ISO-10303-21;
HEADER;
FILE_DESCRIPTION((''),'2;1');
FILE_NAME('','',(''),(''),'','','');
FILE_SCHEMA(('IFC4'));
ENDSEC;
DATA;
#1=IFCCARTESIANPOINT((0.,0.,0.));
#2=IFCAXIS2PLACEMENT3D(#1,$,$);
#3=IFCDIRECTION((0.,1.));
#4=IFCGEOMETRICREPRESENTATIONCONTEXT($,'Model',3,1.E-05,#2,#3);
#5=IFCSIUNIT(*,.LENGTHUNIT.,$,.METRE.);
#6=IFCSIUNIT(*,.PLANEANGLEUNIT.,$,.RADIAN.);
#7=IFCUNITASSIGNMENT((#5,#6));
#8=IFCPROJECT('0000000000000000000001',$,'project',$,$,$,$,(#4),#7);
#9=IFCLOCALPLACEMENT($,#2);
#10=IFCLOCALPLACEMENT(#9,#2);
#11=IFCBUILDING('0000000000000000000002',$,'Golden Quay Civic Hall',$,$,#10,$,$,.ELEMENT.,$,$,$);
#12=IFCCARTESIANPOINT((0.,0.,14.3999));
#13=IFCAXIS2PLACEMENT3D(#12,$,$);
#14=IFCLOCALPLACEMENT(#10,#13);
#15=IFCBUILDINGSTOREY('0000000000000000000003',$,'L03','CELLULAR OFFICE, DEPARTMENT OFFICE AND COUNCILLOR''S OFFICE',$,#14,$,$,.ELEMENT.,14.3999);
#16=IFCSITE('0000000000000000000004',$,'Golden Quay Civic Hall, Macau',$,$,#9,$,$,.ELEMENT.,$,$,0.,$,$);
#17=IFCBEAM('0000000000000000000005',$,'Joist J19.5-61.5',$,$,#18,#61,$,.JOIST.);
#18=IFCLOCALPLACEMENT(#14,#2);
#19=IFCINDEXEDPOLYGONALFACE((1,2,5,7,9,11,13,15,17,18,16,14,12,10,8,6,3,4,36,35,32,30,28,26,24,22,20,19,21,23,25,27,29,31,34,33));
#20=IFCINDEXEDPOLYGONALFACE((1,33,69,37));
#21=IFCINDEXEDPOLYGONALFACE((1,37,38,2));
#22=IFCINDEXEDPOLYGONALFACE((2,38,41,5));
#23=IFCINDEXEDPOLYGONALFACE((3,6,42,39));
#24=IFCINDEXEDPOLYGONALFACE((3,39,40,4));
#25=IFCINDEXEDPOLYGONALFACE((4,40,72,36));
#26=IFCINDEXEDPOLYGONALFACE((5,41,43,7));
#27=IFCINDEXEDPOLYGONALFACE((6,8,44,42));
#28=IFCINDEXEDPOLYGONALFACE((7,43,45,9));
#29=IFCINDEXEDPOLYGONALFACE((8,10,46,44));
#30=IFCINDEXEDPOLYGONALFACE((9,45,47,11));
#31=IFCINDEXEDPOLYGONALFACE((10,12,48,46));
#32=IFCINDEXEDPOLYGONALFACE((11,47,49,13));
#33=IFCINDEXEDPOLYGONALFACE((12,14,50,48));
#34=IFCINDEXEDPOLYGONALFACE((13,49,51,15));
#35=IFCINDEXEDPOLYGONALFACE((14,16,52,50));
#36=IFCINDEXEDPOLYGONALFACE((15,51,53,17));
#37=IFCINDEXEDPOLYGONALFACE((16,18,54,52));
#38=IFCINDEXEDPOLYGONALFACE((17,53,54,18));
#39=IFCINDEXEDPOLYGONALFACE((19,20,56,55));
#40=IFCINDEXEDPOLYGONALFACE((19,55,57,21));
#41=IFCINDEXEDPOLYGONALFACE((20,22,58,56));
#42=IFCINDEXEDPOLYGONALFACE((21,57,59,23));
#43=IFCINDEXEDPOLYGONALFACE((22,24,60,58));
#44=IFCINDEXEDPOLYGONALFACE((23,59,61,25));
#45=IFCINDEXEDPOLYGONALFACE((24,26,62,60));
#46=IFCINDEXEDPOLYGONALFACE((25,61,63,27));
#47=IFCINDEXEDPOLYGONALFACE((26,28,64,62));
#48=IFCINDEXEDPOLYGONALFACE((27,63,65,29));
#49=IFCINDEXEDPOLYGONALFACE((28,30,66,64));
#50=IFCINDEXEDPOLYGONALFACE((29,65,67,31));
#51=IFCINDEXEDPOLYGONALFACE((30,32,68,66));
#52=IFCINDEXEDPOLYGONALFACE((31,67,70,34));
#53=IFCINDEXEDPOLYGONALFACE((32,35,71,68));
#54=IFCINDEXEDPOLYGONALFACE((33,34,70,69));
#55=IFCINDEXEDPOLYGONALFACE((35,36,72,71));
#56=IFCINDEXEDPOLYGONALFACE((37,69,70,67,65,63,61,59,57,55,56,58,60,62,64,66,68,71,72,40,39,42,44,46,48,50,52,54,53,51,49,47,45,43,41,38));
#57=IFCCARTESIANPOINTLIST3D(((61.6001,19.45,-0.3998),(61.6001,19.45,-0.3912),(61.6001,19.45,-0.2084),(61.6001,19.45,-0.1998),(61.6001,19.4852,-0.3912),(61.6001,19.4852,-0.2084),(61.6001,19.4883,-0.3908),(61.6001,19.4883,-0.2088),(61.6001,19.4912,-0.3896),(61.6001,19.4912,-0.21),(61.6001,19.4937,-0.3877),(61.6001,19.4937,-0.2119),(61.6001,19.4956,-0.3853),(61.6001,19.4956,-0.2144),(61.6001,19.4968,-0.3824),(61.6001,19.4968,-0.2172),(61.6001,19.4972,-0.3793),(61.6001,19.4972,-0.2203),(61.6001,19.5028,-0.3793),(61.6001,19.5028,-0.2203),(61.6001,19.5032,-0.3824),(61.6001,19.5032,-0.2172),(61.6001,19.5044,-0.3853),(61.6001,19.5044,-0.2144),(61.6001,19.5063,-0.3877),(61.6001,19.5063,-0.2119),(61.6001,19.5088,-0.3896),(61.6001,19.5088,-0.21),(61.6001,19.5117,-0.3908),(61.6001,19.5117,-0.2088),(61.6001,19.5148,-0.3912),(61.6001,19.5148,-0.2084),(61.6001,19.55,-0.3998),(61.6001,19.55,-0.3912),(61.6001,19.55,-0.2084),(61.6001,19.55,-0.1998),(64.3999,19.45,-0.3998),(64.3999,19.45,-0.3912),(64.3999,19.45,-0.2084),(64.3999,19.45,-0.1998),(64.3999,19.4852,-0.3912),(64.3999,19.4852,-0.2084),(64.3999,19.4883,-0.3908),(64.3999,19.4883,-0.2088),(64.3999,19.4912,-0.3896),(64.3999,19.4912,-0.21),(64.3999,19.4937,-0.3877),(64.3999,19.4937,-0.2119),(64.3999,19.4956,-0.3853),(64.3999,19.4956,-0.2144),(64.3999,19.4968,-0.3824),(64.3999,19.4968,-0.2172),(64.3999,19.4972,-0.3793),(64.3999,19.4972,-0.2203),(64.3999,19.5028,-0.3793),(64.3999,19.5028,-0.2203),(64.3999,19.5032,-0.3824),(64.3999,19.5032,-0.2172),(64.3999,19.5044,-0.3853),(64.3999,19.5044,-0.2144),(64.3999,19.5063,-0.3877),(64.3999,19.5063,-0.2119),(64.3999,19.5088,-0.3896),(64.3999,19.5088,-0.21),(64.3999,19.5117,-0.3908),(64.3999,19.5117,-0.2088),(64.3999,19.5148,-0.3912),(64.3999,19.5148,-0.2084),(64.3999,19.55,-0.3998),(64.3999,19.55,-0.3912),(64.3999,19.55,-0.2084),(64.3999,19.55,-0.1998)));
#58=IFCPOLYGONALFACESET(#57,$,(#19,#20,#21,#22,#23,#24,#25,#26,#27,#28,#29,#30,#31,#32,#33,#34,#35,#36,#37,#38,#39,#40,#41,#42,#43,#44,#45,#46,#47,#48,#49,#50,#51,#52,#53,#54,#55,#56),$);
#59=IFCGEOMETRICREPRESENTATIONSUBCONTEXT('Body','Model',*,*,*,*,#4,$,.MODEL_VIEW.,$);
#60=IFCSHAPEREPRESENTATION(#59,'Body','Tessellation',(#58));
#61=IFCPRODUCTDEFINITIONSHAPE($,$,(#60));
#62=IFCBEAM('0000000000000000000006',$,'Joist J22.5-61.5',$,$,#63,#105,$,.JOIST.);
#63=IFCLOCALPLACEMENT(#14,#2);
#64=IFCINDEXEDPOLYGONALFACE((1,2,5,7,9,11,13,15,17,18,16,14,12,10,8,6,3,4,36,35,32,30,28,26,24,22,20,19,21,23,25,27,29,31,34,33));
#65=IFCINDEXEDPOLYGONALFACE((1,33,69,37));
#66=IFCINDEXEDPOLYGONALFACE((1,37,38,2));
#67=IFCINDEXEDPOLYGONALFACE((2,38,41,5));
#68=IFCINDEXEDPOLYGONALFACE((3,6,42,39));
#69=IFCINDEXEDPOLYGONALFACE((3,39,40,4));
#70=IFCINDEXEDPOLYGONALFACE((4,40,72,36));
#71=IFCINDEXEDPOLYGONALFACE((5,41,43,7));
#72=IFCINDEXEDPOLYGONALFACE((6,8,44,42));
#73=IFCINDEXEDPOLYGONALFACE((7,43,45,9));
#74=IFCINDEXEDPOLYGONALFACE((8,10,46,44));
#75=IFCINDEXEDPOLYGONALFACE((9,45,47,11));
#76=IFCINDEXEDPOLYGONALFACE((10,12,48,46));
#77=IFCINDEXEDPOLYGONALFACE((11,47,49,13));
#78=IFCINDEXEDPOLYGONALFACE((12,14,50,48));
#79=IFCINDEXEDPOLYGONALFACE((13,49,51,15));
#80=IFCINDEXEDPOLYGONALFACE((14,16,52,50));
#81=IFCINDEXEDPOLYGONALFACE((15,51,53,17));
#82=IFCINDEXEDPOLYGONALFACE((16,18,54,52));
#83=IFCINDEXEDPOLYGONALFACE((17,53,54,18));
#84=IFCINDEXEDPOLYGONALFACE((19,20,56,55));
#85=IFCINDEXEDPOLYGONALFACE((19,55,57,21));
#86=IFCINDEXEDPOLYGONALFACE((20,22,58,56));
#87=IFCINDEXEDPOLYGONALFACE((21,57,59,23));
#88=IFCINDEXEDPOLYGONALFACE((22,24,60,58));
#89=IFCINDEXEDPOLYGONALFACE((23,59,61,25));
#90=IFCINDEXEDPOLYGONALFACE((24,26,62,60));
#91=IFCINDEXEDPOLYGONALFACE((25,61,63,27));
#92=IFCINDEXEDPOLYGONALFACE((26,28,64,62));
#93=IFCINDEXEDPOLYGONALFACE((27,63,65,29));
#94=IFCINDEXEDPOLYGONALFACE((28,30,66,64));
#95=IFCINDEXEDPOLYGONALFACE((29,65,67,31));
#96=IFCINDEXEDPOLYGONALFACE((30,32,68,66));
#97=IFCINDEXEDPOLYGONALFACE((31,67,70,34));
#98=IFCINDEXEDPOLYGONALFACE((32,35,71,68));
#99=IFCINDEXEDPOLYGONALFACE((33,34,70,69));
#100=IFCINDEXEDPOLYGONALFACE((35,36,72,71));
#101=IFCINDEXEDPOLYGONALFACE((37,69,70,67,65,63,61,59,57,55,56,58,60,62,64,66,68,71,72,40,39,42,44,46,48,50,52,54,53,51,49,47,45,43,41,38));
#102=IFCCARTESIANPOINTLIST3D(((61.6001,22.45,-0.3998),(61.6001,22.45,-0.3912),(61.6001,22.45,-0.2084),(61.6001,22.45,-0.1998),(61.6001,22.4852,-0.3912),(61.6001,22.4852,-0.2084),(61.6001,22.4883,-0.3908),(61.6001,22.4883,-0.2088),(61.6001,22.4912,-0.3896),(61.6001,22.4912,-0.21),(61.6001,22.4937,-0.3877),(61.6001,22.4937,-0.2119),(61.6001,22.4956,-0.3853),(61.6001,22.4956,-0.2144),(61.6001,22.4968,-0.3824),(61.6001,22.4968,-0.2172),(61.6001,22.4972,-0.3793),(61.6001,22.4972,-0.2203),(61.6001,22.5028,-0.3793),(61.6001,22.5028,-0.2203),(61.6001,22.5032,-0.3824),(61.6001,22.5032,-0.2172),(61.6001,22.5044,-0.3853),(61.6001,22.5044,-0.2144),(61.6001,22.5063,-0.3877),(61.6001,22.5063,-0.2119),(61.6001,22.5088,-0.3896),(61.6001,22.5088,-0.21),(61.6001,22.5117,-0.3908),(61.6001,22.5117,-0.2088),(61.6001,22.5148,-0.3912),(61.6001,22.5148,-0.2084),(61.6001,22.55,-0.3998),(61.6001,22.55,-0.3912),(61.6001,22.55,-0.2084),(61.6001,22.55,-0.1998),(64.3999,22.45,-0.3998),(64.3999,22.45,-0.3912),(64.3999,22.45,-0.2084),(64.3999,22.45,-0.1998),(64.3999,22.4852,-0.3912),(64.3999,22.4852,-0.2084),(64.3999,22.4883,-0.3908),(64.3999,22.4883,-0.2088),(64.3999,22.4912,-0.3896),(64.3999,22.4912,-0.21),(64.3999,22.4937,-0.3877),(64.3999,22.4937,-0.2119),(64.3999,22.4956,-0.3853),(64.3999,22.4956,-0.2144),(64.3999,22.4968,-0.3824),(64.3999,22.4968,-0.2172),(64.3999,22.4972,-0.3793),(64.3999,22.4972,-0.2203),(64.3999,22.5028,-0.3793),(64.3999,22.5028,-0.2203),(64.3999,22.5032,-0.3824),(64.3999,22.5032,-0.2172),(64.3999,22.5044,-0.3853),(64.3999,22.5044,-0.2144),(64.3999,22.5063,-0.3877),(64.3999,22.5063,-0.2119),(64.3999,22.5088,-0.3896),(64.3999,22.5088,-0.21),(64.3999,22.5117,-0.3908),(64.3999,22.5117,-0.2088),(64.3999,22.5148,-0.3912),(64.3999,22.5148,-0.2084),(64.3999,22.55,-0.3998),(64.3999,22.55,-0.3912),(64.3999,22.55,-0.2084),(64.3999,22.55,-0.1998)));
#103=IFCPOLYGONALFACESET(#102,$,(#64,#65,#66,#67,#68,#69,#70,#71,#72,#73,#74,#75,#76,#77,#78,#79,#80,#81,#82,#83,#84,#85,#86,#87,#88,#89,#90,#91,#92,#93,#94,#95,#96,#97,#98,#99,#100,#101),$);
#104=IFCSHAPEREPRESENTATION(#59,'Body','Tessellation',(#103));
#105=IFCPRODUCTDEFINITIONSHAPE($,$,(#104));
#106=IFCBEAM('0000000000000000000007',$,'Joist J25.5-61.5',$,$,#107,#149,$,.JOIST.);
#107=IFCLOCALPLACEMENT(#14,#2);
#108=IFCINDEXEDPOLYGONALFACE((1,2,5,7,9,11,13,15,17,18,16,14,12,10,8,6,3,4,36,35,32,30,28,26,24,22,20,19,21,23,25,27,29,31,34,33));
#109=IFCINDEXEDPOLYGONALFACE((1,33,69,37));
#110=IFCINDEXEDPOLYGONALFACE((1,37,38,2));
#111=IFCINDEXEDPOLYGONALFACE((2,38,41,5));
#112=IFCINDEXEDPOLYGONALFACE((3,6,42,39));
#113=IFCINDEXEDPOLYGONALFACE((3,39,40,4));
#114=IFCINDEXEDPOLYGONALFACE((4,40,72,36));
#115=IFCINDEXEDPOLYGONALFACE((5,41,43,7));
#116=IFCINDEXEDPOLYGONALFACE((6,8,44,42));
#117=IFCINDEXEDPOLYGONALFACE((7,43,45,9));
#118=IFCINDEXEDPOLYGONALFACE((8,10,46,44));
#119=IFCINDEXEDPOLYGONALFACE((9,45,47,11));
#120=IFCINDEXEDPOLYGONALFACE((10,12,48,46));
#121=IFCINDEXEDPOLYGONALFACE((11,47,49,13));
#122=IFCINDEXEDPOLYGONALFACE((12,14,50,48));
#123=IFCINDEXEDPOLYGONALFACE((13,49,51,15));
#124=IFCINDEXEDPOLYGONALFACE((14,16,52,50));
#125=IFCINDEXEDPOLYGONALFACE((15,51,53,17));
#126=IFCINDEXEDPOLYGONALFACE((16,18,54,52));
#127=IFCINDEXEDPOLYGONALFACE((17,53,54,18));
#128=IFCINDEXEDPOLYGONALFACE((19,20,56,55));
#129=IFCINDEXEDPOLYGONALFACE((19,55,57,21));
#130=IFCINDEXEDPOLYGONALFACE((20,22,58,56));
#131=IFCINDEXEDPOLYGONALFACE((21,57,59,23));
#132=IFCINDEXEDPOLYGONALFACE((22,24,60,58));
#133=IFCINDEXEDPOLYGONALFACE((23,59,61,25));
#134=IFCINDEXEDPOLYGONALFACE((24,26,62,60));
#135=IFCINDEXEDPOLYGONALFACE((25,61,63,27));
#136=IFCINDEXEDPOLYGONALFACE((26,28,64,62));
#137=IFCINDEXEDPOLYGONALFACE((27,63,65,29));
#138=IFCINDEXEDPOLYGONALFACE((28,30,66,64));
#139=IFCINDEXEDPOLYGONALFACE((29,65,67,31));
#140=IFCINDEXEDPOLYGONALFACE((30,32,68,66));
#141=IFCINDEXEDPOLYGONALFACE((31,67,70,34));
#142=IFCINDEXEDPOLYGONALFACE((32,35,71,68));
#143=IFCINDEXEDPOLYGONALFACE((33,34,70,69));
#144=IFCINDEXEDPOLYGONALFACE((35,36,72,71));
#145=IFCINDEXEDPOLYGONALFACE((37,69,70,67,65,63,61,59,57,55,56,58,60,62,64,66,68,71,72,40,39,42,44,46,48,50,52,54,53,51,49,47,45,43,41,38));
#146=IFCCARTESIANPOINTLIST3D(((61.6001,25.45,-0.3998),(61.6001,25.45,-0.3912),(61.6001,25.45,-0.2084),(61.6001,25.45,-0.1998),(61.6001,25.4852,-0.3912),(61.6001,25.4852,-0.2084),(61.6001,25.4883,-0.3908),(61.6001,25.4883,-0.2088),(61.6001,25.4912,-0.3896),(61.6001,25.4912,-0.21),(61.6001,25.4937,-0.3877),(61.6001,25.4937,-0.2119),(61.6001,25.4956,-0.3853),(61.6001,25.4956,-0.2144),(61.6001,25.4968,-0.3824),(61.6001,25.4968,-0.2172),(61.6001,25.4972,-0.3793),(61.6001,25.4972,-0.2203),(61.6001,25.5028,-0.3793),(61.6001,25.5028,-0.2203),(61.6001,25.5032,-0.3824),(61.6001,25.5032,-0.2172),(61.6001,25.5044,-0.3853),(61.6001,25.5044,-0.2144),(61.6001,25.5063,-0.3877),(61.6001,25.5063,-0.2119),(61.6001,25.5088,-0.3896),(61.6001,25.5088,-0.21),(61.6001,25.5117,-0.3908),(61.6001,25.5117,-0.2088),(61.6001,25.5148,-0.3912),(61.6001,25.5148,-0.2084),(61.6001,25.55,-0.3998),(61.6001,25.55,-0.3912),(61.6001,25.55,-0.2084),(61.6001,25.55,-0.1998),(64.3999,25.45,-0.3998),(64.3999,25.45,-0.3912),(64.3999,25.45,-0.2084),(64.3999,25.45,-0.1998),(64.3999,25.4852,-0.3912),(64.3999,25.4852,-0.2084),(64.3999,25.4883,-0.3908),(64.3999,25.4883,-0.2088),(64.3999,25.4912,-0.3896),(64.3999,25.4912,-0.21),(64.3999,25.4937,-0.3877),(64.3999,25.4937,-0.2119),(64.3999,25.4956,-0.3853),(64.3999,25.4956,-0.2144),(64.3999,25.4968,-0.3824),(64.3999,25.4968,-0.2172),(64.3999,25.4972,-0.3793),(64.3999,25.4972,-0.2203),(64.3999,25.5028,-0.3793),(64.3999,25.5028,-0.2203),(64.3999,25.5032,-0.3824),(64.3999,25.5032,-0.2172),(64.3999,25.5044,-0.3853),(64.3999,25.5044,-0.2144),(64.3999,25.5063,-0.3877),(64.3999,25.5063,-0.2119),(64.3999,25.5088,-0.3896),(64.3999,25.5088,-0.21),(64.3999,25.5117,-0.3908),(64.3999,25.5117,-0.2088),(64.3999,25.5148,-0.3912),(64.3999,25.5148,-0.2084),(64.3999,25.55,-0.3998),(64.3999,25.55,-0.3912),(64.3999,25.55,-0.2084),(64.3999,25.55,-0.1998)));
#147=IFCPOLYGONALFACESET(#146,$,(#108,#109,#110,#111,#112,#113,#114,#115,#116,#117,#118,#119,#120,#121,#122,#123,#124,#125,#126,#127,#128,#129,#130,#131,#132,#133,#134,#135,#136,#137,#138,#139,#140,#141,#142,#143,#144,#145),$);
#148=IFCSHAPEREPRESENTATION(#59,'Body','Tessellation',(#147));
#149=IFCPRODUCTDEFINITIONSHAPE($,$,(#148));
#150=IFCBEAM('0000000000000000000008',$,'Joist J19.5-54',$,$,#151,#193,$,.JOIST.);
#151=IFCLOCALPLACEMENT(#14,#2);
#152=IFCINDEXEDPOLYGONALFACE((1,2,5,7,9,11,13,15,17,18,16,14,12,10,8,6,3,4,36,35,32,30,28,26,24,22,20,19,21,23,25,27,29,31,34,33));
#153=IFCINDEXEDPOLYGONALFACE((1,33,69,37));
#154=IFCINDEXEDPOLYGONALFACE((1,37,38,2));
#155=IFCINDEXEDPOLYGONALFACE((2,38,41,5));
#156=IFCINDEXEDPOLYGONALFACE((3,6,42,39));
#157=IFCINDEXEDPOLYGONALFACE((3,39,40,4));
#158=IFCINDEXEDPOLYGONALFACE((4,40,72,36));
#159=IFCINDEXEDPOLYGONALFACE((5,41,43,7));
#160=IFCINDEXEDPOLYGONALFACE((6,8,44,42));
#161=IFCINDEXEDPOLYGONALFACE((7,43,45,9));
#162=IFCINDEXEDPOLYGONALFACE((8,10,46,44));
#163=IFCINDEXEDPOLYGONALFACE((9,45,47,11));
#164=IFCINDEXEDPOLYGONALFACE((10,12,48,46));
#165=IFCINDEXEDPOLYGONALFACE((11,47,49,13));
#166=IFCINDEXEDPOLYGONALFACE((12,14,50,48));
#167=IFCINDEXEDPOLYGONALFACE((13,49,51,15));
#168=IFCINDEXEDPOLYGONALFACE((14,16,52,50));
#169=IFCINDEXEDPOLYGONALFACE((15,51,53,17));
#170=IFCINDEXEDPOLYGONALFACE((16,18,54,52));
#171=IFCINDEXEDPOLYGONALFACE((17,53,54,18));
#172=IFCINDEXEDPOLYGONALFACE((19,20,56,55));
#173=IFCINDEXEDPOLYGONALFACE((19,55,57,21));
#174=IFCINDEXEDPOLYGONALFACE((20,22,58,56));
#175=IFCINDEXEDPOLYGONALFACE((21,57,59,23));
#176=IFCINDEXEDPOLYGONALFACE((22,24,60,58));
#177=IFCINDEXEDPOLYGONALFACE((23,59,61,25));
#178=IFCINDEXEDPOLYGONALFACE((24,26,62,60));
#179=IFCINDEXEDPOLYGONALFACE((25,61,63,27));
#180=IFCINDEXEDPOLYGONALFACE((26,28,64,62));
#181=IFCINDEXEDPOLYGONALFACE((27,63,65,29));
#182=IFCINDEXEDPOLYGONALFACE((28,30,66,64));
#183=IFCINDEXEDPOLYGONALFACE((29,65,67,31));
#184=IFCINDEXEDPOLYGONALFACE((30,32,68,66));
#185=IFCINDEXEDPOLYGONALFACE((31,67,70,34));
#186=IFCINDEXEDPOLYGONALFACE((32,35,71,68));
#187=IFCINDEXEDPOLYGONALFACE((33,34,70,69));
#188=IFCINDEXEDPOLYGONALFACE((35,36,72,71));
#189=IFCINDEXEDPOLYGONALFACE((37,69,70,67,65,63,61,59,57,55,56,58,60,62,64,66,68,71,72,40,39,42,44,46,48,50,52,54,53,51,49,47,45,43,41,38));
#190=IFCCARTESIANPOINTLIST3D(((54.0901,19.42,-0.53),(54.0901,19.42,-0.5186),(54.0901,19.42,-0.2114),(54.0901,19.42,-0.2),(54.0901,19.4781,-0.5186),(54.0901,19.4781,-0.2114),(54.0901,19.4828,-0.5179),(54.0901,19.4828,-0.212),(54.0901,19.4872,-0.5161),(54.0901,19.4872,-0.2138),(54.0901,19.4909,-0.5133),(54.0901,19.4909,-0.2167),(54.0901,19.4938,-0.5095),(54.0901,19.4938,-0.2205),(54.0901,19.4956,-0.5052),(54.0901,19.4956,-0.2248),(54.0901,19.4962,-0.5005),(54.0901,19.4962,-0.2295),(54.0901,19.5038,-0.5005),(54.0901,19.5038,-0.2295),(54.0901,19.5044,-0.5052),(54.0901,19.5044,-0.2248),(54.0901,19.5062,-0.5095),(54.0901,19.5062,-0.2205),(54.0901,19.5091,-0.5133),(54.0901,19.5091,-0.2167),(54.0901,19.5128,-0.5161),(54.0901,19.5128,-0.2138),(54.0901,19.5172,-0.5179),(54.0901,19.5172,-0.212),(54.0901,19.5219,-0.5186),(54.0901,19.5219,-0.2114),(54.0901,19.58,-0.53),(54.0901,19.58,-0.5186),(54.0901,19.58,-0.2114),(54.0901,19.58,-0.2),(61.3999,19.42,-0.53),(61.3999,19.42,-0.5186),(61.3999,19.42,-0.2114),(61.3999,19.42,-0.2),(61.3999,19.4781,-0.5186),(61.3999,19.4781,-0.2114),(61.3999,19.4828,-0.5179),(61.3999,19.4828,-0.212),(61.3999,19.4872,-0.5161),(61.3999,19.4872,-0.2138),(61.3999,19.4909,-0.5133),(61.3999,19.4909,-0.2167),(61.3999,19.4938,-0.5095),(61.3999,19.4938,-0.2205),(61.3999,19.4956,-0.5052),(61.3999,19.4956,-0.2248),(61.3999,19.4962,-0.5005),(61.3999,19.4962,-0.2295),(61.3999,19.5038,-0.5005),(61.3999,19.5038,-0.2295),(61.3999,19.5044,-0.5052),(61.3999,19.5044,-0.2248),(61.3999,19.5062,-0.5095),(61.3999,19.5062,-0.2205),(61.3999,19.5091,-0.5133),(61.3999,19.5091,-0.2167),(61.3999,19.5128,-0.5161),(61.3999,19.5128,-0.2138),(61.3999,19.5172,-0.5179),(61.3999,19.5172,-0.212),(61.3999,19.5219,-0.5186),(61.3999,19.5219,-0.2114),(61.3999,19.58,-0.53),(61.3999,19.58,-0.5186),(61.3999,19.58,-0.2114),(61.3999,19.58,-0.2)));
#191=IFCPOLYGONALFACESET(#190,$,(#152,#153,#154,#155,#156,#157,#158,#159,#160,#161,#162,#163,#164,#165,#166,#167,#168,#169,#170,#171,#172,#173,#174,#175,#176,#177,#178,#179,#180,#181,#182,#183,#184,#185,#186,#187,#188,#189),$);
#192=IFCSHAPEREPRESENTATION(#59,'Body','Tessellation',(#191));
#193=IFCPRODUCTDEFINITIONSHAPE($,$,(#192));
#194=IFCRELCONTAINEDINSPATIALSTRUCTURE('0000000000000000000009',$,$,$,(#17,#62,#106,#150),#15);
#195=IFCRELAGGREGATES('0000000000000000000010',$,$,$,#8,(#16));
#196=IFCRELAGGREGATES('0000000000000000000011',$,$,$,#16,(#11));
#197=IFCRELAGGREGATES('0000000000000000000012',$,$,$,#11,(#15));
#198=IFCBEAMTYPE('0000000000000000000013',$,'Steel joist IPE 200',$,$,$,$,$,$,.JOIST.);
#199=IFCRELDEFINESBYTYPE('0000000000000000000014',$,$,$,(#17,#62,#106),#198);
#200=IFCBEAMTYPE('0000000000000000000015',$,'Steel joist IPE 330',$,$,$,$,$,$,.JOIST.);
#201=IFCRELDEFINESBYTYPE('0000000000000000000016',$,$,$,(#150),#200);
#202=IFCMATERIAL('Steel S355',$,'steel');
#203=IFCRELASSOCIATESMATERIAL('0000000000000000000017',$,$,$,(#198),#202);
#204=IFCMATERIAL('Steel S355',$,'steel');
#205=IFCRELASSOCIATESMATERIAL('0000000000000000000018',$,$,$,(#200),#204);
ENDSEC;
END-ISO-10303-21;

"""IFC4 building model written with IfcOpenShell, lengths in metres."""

from ifc_helpers import new_model, si_unit, direction, frame, origin, origin_2d, place, context, subcontext, project, spatial, i_section, extrude, material, material_profile, profile_set, type_object, element, save


model = new_model("IFC4")

# Units and contexts
model_context = context("Model", 3, precision=1e-05, world=origin(), true_north=direction((0.0, 1.0)))
body_context = subcontext(model_context, "Body", "Model", "MODEL_VIEW")
ifc_project = project(units=[si_unit("LENGTHUNIT", "METRE"), si_unit("PLANEANGLEUNIT", "RADIAN")], contexts=[model_context])

# Site, building, storey
site_placement = place(None, origin())
site = spatial("IfcSite", under=ifc_project, at=site_placement, Name="Golden Quay Civic Hall, Macau", CompositionType="ELEMENT", RefElevation=0.0)
building_placement = place(site_placement, origin())
building = spatial("IfcBuilding", under=site, at=building_placement, Name="Golden Quay Civic Hall", CompositionType="ELEMENT")
storey_placement = place(building_placement, frame((0.0, 0.0, 14.3999)))
storey = spatial("IfcBuildingStorey", under=building, at=storey_placement, Name="L03", Description="CELLULAR OFFICE, DEPARTMENT OFFICE AND COUNCILLOR'S OFFICE", CompositionType="ELEMENT", Elevation=14.3999)

# Beams
ifc_material_1 = material(Name="Steel S355", Category="steel")
ifc_material_profile_1 = material_profile(ifc_material_1, i_section(OverallWidth=0.1001, OverallDepth=0.2, WebThickness=0.0056, FlangeThickness=0.0085, FilletRadius=0.012, at=origin_2d()), Name="IPE 200")
ifc_profile_set_1 = profile_set([ifc_material_profile_1], Name="Steel S355")
beam_type_1 = type_object("IfcBeamType", Name="Steel joist IPE 200", PredefinedType="JOIST", material=ifc_profile_set_1)
for number, where, z_axis, x_axis, name in (
    (1, (61.6001, 19.5, -0.2998), (1.0, 0.0, 0.0), (0.0, 1.0, 0.0), "Joist J19.5-61.5"),
    (2, (61.6001, 22.5, -0.2998), (1.0, 0.0, 0.0), (0.0, 1.0, 0.0), "Joist J22.5-61.5"),
    (3, (61.6001, 25.5, -0.2998), (1.0, 0.0, 0.0), (0.0, 1.0, 0.0), "Joist J25.5-61.5"),
):
    element("IfcBeam", number, at=place(storey_placement, frame(where, z_axis=z_axis, x_axis=x_axis)), inside=storey, type_object=beam_type_1, Name=name, PredefinedType="JOIST", context=body_context, shape_type="SweptSolid", body=[
        extrude(i_section(OverallWidth=0.1001, OverallDepth=0.2, WebThickness=0.0056, FlangeThickness=0.0085, FilletRadius=0.012, at=origin_2d()), origin(), (0.0, 0.0, 1.0), 2.7998),
    ])
ifc_material_2 = material(Name="Steel S355", Category="steel")
ifc_material_profile_2 = material_profile(ifc_material_2, i_section(OverallWidth=0.1599, OverallDepth=0.3301, WebThickness=0.0076, FlangeThickness=0.0115, FilletRadius=0.0181, at=origin_2d()), Name="IPE 330")
ifc_profile_set_2 = profile_set([ifc_material_profile_2], Name="Steel S355")
beam_type_2 = type_object("IfcBeamType", Name="Steel joist IPE 330", PredefinedType="JOIST", material=ifc_profile_set_2)
for number, where, z_axis, x_axis, name in (
    (4, (54.0901, 19.5, -0.365), (1.0, 0.0, 0.0), (0.0, 1.0, 0.0), "Joist J19.5-54"),
):
    element("IfcBeam", number, at=place(storey_placement, frame(where, z_axis=z_axis, x_axis=x_axis)), inside=storey, type_object=beam_type_2, Name=name, PredefinedType="JOIST", context=body_context, shape_type="SweptSolid", body=[
        extrude(i_section(OverallWidth=0.1599, OverallDepth=0.3301, WebThickness=0.0076, FlangeThickness=0.0115, FilletRadius=0.0181, at=origin_2d()), origin(), (0.0, 0.0, 1.0), 7.3098),
    ])

save(model, "model.ifc")
